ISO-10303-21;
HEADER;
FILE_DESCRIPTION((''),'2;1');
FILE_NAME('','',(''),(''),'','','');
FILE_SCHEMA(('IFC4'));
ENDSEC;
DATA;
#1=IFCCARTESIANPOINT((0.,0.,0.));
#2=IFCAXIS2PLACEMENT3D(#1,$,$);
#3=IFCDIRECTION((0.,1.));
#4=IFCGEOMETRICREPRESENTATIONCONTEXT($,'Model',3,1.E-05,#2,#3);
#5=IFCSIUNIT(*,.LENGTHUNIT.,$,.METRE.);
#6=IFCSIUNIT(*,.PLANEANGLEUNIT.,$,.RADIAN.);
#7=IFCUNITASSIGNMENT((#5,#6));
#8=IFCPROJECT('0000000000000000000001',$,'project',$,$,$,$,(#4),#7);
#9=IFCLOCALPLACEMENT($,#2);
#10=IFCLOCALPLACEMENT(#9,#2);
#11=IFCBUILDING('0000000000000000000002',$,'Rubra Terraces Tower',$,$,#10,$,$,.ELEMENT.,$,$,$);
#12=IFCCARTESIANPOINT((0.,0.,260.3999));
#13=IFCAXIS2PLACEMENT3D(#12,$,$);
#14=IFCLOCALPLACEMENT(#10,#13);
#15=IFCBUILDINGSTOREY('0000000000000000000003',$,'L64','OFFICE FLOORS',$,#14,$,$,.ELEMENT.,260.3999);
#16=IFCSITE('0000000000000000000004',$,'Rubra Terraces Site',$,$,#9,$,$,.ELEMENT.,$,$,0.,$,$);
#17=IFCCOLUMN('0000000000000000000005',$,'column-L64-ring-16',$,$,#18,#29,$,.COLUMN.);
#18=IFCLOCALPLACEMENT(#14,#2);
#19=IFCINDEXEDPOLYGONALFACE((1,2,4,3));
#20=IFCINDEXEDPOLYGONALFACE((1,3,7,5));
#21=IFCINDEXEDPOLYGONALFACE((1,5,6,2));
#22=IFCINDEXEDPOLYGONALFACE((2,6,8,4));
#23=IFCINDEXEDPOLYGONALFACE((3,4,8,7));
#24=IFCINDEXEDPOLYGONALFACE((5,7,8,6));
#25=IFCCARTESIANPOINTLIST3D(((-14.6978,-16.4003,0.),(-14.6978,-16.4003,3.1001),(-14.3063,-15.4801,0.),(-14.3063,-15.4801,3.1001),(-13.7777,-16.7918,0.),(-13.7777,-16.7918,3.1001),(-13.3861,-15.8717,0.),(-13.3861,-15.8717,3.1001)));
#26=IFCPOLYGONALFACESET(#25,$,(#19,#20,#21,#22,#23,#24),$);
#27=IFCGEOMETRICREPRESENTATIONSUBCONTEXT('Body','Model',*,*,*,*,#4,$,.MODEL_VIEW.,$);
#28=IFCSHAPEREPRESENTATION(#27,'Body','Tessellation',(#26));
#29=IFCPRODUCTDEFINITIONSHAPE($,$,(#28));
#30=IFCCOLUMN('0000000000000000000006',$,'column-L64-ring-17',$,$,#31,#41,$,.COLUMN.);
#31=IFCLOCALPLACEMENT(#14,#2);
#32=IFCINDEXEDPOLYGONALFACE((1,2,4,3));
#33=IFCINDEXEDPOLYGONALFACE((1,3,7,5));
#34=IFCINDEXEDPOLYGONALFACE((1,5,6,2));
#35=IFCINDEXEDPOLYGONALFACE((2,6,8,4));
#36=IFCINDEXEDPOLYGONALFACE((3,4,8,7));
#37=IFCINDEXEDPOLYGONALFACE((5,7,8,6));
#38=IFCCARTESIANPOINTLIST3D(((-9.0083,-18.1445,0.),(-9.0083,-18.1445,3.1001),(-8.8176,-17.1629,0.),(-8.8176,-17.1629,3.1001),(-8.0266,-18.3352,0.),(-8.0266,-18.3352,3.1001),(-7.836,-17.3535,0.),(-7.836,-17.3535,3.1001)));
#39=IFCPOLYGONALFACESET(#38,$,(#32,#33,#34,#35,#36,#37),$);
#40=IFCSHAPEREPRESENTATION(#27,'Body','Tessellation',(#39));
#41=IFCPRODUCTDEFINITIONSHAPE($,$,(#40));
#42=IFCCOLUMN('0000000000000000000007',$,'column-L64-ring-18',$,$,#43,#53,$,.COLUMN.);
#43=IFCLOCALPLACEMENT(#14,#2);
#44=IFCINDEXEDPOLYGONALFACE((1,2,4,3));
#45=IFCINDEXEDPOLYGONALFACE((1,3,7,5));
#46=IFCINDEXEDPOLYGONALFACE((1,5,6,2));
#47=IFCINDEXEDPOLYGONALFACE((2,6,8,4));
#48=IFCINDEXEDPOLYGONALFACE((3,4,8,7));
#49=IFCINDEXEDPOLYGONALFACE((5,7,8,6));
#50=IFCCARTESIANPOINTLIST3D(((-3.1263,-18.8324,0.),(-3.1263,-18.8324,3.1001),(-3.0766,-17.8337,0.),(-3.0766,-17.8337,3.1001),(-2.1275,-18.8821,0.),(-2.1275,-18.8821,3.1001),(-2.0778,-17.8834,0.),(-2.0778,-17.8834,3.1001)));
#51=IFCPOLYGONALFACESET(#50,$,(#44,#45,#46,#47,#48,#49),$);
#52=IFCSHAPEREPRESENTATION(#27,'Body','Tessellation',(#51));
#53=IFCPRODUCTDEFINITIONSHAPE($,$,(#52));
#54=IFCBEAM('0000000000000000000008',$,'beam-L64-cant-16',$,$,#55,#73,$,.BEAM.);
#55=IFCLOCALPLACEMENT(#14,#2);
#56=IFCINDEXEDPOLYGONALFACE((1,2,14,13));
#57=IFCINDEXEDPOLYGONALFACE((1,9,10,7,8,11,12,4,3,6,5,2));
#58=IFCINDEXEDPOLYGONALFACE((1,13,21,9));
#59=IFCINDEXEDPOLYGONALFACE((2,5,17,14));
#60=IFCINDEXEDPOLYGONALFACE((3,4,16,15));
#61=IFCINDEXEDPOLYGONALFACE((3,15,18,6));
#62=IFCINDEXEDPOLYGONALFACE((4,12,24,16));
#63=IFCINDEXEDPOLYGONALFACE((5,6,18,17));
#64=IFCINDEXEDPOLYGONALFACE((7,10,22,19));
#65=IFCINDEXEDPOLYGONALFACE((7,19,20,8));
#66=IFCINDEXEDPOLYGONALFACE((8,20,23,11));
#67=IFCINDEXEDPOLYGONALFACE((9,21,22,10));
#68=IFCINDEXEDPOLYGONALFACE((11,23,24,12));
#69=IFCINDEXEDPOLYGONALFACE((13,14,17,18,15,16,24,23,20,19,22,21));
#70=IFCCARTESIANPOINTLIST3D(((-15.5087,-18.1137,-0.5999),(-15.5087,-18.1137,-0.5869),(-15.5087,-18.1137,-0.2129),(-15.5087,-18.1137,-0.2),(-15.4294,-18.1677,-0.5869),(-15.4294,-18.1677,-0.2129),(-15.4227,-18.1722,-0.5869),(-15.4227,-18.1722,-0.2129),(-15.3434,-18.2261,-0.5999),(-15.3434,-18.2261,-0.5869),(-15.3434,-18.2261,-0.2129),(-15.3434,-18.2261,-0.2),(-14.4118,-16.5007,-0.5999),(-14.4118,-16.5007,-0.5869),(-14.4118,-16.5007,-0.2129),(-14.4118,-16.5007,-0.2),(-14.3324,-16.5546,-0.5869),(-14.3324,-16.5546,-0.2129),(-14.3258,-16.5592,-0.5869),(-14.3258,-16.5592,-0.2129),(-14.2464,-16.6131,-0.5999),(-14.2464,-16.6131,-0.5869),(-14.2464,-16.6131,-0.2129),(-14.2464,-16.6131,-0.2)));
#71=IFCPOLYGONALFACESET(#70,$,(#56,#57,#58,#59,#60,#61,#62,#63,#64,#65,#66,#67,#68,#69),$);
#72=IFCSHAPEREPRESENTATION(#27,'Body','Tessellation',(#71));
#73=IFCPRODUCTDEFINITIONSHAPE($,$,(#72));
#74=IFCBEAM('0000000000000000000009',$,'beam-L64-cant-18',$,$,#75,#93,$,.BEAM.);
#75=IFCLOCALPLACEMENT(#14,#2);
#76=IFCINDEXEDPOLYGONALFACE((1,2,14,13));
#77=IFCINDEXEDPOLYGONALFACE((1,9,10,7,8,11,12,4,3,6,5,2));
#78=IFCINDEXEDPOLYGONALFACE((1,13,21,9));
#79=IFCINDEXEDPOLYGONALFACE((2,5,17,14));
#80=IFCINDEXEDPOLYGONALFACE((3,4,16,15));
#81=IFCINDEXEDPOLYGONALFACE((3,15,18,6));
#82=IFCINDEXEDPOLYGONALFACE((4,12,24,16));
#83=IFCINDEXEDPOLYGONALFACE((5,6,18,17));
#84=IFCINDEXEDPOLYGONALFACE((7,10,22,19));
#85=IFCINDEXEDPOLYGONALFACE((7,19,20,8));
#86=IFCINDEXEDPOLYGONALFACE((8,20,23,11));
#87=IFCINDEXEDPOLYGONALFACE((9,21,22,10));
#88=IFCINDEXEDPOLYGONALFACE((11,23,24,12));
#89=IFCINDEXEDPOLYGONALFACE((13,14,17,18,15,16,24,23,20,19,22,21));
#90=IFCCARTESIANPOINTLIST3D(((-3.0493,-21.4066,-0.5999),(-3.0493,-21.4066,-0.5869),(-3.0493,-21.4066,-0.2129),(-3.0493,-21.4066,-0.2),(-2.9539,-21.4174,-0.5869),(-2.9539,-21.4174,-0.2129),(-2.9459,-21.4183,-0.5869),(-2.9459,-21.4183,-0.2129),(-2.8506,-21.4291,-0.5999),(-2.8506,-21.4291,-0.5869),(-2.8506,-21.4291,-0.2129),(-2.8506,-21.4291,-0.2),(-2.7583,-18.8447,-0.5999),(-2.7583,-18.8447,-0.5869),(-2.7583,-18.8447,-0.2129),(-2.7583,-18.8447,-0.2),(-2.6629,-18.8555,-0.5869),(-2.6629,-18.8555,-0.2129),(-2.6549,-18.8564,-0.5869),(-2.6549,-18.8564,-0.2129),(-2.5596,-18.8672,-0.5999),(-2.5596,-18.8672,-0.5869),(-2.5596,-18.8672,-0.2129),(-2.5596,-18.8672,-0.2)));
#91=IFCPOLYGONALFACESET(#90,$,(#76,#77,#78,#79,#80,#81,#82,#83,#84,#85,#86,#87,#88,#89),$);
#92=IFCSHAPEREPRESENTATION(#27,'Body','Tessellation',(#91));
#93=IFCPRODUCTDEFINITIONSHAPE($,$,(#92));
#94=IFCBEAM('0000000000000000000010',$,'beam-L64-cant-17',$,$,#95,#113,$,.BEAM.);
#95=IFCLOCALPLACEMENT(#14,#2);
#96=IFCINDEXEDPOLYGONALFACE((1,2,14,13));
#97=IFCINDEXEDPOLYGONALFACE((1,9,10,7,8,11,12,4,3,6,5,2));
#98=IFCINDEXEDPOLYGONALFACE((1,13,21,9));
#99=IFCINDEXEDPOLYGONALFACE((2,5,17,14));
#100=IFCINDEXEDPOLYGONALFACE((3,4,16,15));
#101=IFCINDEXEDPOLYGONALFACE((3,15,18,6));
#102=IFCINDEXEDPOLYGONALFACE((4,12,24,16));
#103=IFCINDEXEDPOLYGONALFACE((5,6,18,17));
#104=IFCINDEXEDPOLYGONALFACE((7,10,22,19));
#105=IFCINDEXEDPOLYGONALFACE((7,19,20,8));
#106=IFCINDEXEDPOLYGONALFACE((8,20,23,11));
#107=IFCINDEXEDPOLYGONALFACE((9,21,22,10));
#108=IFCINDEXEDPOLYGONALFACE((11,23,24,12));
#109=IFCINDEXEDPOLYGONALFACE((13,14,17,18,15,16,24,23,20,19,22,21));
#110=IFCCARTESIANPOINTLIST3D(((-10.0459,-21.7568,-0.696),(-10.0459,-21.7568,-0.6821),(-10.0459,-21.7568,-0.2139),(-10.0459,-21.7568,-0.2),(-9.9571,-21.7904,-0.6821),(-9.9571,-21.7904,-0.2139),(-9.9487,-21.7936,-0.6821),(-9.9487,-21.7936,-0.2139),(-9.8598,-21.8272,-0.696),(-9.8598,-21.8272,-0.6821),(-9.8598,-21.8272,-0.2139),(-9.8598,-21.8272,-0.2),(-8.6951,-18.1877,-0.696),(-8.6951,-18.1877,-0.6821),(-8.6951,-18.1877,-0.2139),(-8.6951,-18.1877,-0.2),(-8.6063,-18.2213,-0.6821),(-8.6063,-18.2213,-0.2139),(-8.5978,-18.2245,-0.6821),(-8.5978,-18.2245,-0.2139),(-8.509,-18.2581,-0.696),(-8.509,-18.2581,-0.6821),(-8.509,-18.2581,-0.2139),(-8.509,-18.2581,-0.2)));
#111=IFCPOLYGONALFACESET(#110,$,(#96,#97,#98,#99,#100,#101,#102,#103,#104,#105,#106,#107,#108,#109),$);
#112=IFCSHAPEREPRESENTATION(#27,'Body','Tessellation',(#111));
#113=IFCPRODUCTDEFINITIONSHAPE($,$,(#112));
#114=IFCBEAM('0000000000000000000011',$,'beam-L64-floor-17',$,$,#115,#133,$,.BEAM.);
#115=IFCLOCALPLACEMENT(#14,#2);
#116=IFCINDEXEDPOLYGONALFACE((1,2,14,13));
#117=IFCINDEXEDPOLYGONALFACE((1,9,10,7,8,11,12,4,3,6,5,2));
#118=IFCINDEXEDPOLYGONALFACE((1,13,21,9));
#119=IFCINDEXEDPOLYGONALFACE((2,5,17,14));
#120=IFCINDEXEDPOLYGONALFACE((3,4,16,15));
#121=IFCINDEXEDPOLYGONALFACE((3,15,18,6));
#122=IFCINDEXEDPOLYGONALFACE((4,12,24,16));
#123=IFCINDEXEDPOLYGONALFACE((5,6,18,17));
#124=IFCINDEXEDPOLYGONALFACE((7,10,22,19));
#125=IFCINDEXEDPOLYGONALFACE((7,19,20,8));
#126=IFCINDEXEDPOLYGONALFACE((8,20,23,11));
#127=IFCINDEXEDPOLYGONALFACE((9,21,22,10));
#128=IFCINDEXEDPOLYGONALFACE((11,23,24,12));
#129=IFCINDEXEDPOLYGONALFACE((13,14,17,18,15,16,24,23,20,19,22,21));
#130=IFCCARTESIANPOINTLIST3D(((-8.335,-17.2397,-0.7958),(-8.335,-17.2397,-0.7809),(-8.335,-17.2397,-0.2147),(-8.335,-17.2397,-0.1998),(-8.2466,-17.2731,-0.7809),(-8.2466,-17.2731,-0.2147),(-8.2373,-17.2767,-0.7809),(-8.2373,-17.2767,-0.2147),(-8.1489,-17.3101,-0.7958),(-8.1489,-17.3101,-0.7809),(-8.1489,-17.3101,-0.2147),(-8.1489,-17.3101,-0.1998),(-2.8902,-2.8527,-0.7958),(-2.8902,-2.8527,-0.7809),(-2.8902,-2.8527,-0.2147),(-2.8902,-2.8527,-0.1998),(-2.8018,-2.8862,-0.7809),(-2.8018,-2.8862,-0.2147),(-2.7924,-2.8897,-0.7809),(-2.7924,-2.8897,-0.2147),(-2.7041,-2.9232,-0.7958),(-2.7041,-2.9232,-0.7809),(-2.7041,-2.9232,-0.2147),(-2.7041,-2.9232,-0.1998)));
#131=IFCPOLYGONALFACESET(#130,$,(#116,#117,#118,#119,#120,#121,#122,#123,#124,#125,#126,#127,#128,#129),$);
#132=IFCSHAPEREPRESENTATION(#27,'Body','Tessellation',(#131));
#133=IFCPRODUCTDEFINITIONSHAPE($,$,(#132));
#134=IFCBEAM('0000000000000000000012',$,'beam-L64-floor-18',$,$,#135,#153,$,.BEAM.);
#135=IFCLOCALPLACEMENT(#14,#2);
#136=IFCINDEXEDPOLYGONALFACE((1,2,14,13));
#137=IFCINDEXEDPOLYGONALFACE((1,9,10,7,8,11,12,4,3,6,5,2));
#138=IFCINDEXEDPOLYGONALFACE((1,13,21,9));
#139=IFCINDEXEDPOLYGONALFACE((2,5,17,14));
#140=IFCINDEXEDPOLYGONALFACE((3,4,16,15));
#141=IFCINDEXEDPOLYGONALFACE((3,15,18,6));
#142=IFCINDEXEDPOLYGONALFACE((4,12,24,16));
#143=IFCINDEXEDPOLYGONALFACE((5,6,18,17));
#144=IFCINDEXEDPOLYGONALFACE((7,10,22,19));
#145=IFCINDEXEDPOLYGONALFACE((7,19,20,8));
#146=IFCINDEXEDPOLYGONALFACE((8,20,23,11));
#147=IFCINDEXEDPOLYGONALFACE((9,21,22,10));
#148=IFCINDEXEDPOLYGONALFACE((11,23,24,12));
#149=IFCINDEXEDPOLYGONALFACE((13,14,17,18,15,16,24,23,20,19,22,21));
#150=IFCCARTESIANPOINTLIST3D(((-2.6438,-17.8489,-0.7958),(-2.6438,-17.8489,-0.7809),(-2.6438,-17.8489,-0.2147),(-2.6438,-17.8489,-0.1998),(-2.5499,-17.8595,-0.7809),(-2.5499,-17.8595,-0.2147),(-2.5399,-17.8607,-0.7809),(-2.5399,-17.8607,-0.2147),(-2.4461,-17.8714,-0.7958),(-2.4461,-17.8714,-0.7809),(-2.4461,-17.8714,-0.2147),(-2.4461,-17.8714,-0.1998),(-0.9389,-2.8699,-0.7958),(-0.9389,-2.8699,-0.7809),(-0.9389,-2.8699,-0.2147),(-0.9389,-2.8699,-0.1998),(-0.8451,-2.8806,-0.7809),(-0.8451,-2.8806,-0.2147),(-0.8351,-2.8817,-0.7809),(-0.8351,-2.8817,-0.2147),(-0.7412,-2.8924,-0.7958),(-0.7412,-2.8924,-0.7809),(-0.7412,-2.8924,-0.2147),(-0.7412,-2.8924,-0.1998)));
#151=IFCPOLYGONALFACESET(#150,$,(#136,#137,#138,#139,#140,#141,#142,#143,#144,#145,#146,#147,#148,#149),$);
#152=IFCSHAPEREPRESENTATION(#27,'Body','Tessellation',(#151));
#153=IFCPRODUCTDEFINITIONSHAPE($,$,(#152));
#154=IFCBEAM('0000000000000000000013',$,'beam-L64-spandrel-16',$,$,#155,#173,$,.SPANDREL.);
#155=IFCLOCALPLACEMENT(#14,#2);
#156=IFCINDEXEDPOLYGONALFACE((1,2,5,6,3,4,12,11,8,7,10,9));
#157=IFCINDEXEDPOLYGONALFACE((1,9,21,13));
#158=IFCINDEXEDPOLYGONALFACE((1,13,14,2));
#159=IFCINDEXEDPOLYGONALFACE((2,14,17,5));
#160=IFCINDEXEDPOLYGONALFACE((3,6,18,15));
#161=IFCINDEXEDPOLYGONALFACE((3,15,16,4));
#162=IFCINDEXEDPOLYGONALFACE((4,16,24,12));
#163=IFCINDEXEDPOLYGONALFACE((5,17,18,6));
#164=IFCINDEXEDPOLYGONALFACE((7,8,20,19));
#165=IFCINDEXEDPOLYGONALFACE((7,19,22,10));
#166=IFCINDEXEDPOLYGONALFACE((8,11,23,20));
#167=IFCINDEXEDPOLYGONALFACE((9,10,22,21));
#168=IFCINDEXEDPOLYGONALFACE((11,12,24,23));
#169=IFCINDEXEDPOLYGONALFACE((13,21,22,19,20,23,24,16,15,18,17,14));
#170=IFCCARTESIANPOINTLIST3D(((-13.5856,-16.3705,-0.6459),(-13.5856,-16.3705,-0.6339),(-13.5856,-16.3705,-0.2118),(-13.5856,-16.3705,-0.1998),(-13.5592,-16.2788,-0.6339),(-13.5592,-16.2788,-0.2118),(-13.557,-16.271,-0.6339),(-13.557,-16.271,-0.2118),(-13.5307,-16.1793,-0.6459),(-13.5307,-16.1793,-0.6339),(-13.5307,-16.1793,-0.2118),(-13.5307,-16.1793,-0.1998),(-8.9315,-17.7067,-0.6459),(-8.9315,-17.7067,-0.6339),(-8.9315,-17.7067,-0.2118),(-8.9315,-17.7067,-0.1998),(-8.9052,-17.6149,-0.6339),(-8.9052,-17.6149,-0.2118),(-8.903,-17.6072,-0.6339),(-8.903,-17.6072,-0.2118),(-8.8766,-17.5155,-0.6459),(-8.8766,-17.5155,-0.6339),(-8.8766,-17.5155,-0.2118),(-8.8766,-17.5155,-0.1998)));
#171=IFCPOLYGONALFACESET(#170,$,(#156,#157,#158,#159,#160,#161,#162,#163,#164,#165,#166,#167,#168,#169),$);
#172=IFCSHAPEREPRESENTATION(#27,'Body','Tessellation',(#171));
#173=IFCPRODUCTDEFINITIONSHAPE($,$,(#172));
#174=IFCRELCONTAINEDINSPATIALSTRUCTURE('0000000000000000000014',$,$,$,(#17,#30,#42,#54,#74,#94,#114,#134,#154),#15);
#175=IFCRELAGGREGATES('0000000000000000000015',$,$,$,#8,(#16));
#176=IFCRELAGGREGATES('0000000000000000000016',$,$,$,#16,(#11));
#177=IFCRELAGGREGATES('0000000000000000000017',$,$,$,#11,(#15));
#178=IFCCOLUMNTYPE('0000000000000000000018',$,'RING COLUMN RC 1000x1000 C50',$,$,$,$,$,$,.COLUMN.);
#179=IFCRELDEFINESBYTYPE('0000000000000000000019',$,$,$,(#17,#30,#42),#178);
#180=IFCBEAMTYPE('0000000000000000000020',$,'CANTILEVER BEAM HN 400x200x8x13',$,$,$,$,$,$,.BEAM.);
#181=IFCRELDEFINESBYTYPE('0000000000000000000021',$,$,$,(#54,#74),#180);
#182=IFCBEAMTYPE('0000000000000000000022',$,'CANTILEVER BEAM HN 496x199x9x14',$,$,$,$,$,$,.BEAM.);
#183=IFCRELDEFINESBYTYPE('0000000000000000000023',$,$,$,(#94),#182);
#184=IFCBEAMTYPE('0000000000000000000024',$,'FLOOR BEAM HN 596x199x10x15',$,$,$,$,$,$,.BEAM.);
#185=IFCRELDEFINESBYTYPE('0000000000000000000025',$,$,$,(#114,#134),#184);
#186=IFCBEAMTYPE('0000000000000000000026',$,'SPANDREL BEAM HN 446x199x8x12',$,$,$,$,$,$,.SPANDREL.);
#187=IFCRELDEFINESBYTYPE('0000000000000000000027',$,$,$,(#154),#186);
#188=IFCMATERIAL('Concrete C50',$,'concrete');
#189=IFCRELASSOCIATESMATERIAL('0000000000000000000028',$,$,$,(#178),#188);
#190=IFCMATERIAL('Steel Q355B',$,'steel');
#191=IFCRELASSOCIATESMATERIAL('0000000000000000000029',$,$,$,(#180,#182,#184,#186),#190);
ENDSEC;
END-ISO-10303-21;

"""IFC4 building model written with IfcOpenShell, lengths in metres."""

from ifc_helpers import new_model, si_unit, direction, frame, origin, origin_2d, place, context, subcontext, project, spatial, rectangle, i_section, extrude, material, material_profile, profile_set, type_object, element, save


model = new_model("IFC4")

# Units and contexts
model_context = context("Model", 3, precision=1e-05, world=origin(), true_north=direction((0.0, 1.0)))
body_context = subcontext(model_context, "Body", "Model", "MODEL_VIEW")
ifc_project = project(units=[si_unit("LENGTHUNIT", "METRE"), si_unit("PLANEANGLEUNIT", "RADIAN")], contexts=[model_context])

# Site, building, storey
site_placement = place(None, origin())
site = spatial("IfcSite", under=ifc_project, at=site_placement, Name="Rubra Terraces Site", CompositionType="ELEMENT", RefElevation=0.0)
building_placement = place(site_placement, origin())
building = spatial("IfcBuilding", under=site, at=building_placement, Name="Rubra Terraces Tower", CompositionType="ELEMENT")
storey_placement = place(building_placement, frame((0.0, 0.0, 260.3999)))
storey = spatial("IfcBuildingStorey", under=building, at=storey_placement, Name="L64", Description="OFFICE FLOORS", CompositionType="ELEMENT", Elevation=260.3999)

# Columns
ifc_material_1 = material(Name="Concrete C50", Category="concrete")
ifc_material_profile_1 = material_profile(ifc_material_1, rectangle(XDim=1.0, YDim=1.0, at=origin_2d()), Name="RC 1000x1000")
ifc_profile_set_1 = profile_set([ifc_material_profile_1], Name="Concrete C50")
column_type = type_object("IfcColumnType", Name="RING COLUMN RC 1000x1000 C50", PredefinedType="COLUMN", material=ifc_profile_set_1)
for number, where, z_axis, x_axis, name in (
    (1, (-14.042, -16.136, 0.0), (0.0, 0.0, 1.0), (0.920168, -0.391524, 0.0), "column-L64-ring-16"),
    (2, (-8.4221, -17.749, 0.0), (0.0, 0.0, 1.0), (0.981655, -0.190668, 0.0), "column-L64-ring-17"),
    (3, (-2.6021, -18.3579, 0.0), (0.0, 0.0, 1.0), (0.998764, -0.049699, 0.0), "column-L64-ring-18"),
):
    element("IfcColumn", number, at=place(storey_placement, frame(where, z_axis=z_axis, x_axis=x_axis)), inside=storey, type_object=column_type, Name=name, PredefinedType="COLUMN", context=body_context, shape_type="SweptSolid", body=[
        extrude(rectangle(XDim=1.0, YDim=1.0, at=origin_2d()), origin(), (0.0, 0.0, 1.0), 3.1001),
    ])

# Beams
ifc_material_2 = material(Name="Steel Q355B", Category="steel")
ifc_material_profile_2 = material_profile(ifc_material_2, i_section(OverallWidth=0.2, OverallDepth=0.3999, WebThickness=0.0081, FlangeThickness=0.0129, at=origin_2d()), Name="HN 400x200x8x13")
ifc_profile_set_2 = profile_set([ifc_material_profile_2], Name="Steel Q355B")
beam_type_1 = type_object("IfcBeamType", Name="CANTILEVER BEAM HN 400x200x8x13", PredefinedType="BEAM", material=ifc_profile_set_2)
beam_1_placement = place(storey_placement, frame((-14.3291, -16.5569, -0.3999), z_axis=(-0.562331, -0.826913, 0.0), x_axis=(0.826913, -0.562331, 0.0)))
element("IfcBeam", 4, at=beam_1_placement, inside=storey, type_object=beam_type_1, Name="beam-L64-cant-16", PredefinedType="BEAM", context=body_context, shape_type="SweptSolid", body=[
    extrude(i_section(OverallWidth=0.2, OverallDepth=0.3999, WebThickness=0.0081, FlangeThickness=0.0129, at=origin_2d()), origin(), (0.0, 0.0, 1.0), 1.9507),
])
beam_2_placement = place(storey_placement, frame((-2.6589, -18.856, -0.3999), z_axis=(-0.112863, -0.993611, 0.0), x_axis=(0.993611, -0.112863, 0.0)))
element("IfcBeam", 5, at=beam_2_placement, inside=storey, type_object=beam_type_1, Name="beam-L64-cant-18", PredefinedType="BEAM", context=body_context, shape_type="SweptSolid", body=[
    extrude(i_section(OverallWidth=0.2, OverallDepth=0.3999, WebThickness=0.0081, FlangeThickness=0.0129, at=origin_2d()), origin(), (0.0, 0.0, 1.0), 2.5784),
])
ifc_material_profile_3 = material_profile(ifc_material_2, i_section(OverallWidth=0.199, OverallDepth=0.4961, WebThickness=0.009, FlangeThickness=0.0139, at=origin_2d()), Name="HN 496x199x9x14")
ifc_profile_set_3 = profile_set([ifc_material_profile_3], Name="Steel Q355B")
beam_type_2 = type_object("IfcBeamType", Name="CANTILEVER BEAM HN 496x199x9x14", PredefinedType="BEAM", material=ifc_profile_set_3)
beam_3_placement = place(storey_placement, frame((-8.6021, -18.2229, -0.448), z_axis=(-0.353975, -0.935255, 0.0), x_axis=(0.935255, -0.353975, 0.0)))
element("IfcBeam", 6, at=beam_3_placement, inside=storey, type_object=beam_type_2, Name="beam-L64-cant-17", PredefinedType="BEAM", context=body_context, shape_type="SweptSolid", body=[
    extrude(i_section(OverallWidth=0.199, OverallDepth=0.4961, WebThickness=0.009, FlangeThickness=0.0139, at=origin_2d()), origin(), (0.0, 0.0, 1.0), 3.8162),
])
ifc_material_profile_4 = material_profile(ifc_material_2, i_section(OverallWidth=0.199, OverallDepth=0.5959, WebThickness=0.01, FlangeThickness=0.0149, at=origin_2d()), Name="HN 596x199x10x15")
ifc_profile_set_4 = profile_set([ifc_material_profile_4], Name="Steel Q355B")
beam_type_3 = type_object("IfcBeamType", Name="FLOOR BEAM HN 596x199x10x15", PredefinedType="BEAM", material=ifc_profile_set_4)
beam_4_placement = place(storey_placement, frame((-8.2419, -17.2749, -0.4978), z_axis=(0.353955, 0.935262, 0.0), x_axis=(-0.935262, 0.353955, 0.0)))
element("IfcBeam", 7, at=beam_4_placement, inside=storey, type_object=beam_type_3, Name="beam-L64-floor-17", PredefinedType="BEAM", context=body_context, shape_type="SweptSolid", body=[
    extrude(i_section(OverallWidth=0.199, OverallDepth=0.5959, WebThickness=0.01, FlangeThickness=0.0149, at=origin_2d()), origin(), (0.0, 0.0, 1.0), 15.3828),
])
beam_5_placement = place(storey_placement, frame((-2.5449, -17.8601, -0.4978), z_axis=(0.113085, 0.993585, 0.0), x_axis=(-0.993585, 0.113085, 0.0)))
element("IfcBeam", 8, at=beam_5_placement, inside=storey, type_object=beam_type_3, Name="beam-L64-floor-18", PredefinedType="BEAM", context=body_context, shape_type="SweptSolid", body=[
    extrude(i_section(OverallWidth=0.199, OverallDepth=0.5959, WebThickness=0.01, FlangeThickness=0.0149, at=origin_2d()), origin(), (0.0, 0.0, 1.0), 15.0757),
])
ifc_material_profile_5 = material_profile(ifc_material_2, i_section(OverallWidth=0.199, OverallDepth=0.446, WebThickness=0.0081, FlangeThickness=0.012, at=origin_2d()), Name="HN 446x199x8x12")
ifc_profile_set_5 = profile_set([ifc_material_profile_5], Name="Steel Q355B")
beam_type_4 = type_object("IfcBeamType", Name="SPANDREL BEAM HN 446x199x8x12", PredefinedType="SPANDREL", material=ifc_profile_set_5)
beam_6_placement = place(storey_placement, frame((-13.5581, -16.2749, -0.4229), z_axis=(0.961171, -0.275953, 0.0), x_axis=(0.275953, 0.961171, 0.0)))
element("IfcBeam", 9, at=beam_6_placement, inside=storey, type_object=beam_type_4, Name="beam-L64-spandrel-16", PredefinedType="SPANDREL", context=body_context, shape_type="SweptSolid", body=[
    extrude(i_section(OverallWidth=0.199, OverallDepth=0.446, WebThickness=0.0081, FlangeThickness=0.012, at=origin_2d()), origin(), (0.0, 0.0, 1.0), 4.842),
])

save(model, "model.ifc")
